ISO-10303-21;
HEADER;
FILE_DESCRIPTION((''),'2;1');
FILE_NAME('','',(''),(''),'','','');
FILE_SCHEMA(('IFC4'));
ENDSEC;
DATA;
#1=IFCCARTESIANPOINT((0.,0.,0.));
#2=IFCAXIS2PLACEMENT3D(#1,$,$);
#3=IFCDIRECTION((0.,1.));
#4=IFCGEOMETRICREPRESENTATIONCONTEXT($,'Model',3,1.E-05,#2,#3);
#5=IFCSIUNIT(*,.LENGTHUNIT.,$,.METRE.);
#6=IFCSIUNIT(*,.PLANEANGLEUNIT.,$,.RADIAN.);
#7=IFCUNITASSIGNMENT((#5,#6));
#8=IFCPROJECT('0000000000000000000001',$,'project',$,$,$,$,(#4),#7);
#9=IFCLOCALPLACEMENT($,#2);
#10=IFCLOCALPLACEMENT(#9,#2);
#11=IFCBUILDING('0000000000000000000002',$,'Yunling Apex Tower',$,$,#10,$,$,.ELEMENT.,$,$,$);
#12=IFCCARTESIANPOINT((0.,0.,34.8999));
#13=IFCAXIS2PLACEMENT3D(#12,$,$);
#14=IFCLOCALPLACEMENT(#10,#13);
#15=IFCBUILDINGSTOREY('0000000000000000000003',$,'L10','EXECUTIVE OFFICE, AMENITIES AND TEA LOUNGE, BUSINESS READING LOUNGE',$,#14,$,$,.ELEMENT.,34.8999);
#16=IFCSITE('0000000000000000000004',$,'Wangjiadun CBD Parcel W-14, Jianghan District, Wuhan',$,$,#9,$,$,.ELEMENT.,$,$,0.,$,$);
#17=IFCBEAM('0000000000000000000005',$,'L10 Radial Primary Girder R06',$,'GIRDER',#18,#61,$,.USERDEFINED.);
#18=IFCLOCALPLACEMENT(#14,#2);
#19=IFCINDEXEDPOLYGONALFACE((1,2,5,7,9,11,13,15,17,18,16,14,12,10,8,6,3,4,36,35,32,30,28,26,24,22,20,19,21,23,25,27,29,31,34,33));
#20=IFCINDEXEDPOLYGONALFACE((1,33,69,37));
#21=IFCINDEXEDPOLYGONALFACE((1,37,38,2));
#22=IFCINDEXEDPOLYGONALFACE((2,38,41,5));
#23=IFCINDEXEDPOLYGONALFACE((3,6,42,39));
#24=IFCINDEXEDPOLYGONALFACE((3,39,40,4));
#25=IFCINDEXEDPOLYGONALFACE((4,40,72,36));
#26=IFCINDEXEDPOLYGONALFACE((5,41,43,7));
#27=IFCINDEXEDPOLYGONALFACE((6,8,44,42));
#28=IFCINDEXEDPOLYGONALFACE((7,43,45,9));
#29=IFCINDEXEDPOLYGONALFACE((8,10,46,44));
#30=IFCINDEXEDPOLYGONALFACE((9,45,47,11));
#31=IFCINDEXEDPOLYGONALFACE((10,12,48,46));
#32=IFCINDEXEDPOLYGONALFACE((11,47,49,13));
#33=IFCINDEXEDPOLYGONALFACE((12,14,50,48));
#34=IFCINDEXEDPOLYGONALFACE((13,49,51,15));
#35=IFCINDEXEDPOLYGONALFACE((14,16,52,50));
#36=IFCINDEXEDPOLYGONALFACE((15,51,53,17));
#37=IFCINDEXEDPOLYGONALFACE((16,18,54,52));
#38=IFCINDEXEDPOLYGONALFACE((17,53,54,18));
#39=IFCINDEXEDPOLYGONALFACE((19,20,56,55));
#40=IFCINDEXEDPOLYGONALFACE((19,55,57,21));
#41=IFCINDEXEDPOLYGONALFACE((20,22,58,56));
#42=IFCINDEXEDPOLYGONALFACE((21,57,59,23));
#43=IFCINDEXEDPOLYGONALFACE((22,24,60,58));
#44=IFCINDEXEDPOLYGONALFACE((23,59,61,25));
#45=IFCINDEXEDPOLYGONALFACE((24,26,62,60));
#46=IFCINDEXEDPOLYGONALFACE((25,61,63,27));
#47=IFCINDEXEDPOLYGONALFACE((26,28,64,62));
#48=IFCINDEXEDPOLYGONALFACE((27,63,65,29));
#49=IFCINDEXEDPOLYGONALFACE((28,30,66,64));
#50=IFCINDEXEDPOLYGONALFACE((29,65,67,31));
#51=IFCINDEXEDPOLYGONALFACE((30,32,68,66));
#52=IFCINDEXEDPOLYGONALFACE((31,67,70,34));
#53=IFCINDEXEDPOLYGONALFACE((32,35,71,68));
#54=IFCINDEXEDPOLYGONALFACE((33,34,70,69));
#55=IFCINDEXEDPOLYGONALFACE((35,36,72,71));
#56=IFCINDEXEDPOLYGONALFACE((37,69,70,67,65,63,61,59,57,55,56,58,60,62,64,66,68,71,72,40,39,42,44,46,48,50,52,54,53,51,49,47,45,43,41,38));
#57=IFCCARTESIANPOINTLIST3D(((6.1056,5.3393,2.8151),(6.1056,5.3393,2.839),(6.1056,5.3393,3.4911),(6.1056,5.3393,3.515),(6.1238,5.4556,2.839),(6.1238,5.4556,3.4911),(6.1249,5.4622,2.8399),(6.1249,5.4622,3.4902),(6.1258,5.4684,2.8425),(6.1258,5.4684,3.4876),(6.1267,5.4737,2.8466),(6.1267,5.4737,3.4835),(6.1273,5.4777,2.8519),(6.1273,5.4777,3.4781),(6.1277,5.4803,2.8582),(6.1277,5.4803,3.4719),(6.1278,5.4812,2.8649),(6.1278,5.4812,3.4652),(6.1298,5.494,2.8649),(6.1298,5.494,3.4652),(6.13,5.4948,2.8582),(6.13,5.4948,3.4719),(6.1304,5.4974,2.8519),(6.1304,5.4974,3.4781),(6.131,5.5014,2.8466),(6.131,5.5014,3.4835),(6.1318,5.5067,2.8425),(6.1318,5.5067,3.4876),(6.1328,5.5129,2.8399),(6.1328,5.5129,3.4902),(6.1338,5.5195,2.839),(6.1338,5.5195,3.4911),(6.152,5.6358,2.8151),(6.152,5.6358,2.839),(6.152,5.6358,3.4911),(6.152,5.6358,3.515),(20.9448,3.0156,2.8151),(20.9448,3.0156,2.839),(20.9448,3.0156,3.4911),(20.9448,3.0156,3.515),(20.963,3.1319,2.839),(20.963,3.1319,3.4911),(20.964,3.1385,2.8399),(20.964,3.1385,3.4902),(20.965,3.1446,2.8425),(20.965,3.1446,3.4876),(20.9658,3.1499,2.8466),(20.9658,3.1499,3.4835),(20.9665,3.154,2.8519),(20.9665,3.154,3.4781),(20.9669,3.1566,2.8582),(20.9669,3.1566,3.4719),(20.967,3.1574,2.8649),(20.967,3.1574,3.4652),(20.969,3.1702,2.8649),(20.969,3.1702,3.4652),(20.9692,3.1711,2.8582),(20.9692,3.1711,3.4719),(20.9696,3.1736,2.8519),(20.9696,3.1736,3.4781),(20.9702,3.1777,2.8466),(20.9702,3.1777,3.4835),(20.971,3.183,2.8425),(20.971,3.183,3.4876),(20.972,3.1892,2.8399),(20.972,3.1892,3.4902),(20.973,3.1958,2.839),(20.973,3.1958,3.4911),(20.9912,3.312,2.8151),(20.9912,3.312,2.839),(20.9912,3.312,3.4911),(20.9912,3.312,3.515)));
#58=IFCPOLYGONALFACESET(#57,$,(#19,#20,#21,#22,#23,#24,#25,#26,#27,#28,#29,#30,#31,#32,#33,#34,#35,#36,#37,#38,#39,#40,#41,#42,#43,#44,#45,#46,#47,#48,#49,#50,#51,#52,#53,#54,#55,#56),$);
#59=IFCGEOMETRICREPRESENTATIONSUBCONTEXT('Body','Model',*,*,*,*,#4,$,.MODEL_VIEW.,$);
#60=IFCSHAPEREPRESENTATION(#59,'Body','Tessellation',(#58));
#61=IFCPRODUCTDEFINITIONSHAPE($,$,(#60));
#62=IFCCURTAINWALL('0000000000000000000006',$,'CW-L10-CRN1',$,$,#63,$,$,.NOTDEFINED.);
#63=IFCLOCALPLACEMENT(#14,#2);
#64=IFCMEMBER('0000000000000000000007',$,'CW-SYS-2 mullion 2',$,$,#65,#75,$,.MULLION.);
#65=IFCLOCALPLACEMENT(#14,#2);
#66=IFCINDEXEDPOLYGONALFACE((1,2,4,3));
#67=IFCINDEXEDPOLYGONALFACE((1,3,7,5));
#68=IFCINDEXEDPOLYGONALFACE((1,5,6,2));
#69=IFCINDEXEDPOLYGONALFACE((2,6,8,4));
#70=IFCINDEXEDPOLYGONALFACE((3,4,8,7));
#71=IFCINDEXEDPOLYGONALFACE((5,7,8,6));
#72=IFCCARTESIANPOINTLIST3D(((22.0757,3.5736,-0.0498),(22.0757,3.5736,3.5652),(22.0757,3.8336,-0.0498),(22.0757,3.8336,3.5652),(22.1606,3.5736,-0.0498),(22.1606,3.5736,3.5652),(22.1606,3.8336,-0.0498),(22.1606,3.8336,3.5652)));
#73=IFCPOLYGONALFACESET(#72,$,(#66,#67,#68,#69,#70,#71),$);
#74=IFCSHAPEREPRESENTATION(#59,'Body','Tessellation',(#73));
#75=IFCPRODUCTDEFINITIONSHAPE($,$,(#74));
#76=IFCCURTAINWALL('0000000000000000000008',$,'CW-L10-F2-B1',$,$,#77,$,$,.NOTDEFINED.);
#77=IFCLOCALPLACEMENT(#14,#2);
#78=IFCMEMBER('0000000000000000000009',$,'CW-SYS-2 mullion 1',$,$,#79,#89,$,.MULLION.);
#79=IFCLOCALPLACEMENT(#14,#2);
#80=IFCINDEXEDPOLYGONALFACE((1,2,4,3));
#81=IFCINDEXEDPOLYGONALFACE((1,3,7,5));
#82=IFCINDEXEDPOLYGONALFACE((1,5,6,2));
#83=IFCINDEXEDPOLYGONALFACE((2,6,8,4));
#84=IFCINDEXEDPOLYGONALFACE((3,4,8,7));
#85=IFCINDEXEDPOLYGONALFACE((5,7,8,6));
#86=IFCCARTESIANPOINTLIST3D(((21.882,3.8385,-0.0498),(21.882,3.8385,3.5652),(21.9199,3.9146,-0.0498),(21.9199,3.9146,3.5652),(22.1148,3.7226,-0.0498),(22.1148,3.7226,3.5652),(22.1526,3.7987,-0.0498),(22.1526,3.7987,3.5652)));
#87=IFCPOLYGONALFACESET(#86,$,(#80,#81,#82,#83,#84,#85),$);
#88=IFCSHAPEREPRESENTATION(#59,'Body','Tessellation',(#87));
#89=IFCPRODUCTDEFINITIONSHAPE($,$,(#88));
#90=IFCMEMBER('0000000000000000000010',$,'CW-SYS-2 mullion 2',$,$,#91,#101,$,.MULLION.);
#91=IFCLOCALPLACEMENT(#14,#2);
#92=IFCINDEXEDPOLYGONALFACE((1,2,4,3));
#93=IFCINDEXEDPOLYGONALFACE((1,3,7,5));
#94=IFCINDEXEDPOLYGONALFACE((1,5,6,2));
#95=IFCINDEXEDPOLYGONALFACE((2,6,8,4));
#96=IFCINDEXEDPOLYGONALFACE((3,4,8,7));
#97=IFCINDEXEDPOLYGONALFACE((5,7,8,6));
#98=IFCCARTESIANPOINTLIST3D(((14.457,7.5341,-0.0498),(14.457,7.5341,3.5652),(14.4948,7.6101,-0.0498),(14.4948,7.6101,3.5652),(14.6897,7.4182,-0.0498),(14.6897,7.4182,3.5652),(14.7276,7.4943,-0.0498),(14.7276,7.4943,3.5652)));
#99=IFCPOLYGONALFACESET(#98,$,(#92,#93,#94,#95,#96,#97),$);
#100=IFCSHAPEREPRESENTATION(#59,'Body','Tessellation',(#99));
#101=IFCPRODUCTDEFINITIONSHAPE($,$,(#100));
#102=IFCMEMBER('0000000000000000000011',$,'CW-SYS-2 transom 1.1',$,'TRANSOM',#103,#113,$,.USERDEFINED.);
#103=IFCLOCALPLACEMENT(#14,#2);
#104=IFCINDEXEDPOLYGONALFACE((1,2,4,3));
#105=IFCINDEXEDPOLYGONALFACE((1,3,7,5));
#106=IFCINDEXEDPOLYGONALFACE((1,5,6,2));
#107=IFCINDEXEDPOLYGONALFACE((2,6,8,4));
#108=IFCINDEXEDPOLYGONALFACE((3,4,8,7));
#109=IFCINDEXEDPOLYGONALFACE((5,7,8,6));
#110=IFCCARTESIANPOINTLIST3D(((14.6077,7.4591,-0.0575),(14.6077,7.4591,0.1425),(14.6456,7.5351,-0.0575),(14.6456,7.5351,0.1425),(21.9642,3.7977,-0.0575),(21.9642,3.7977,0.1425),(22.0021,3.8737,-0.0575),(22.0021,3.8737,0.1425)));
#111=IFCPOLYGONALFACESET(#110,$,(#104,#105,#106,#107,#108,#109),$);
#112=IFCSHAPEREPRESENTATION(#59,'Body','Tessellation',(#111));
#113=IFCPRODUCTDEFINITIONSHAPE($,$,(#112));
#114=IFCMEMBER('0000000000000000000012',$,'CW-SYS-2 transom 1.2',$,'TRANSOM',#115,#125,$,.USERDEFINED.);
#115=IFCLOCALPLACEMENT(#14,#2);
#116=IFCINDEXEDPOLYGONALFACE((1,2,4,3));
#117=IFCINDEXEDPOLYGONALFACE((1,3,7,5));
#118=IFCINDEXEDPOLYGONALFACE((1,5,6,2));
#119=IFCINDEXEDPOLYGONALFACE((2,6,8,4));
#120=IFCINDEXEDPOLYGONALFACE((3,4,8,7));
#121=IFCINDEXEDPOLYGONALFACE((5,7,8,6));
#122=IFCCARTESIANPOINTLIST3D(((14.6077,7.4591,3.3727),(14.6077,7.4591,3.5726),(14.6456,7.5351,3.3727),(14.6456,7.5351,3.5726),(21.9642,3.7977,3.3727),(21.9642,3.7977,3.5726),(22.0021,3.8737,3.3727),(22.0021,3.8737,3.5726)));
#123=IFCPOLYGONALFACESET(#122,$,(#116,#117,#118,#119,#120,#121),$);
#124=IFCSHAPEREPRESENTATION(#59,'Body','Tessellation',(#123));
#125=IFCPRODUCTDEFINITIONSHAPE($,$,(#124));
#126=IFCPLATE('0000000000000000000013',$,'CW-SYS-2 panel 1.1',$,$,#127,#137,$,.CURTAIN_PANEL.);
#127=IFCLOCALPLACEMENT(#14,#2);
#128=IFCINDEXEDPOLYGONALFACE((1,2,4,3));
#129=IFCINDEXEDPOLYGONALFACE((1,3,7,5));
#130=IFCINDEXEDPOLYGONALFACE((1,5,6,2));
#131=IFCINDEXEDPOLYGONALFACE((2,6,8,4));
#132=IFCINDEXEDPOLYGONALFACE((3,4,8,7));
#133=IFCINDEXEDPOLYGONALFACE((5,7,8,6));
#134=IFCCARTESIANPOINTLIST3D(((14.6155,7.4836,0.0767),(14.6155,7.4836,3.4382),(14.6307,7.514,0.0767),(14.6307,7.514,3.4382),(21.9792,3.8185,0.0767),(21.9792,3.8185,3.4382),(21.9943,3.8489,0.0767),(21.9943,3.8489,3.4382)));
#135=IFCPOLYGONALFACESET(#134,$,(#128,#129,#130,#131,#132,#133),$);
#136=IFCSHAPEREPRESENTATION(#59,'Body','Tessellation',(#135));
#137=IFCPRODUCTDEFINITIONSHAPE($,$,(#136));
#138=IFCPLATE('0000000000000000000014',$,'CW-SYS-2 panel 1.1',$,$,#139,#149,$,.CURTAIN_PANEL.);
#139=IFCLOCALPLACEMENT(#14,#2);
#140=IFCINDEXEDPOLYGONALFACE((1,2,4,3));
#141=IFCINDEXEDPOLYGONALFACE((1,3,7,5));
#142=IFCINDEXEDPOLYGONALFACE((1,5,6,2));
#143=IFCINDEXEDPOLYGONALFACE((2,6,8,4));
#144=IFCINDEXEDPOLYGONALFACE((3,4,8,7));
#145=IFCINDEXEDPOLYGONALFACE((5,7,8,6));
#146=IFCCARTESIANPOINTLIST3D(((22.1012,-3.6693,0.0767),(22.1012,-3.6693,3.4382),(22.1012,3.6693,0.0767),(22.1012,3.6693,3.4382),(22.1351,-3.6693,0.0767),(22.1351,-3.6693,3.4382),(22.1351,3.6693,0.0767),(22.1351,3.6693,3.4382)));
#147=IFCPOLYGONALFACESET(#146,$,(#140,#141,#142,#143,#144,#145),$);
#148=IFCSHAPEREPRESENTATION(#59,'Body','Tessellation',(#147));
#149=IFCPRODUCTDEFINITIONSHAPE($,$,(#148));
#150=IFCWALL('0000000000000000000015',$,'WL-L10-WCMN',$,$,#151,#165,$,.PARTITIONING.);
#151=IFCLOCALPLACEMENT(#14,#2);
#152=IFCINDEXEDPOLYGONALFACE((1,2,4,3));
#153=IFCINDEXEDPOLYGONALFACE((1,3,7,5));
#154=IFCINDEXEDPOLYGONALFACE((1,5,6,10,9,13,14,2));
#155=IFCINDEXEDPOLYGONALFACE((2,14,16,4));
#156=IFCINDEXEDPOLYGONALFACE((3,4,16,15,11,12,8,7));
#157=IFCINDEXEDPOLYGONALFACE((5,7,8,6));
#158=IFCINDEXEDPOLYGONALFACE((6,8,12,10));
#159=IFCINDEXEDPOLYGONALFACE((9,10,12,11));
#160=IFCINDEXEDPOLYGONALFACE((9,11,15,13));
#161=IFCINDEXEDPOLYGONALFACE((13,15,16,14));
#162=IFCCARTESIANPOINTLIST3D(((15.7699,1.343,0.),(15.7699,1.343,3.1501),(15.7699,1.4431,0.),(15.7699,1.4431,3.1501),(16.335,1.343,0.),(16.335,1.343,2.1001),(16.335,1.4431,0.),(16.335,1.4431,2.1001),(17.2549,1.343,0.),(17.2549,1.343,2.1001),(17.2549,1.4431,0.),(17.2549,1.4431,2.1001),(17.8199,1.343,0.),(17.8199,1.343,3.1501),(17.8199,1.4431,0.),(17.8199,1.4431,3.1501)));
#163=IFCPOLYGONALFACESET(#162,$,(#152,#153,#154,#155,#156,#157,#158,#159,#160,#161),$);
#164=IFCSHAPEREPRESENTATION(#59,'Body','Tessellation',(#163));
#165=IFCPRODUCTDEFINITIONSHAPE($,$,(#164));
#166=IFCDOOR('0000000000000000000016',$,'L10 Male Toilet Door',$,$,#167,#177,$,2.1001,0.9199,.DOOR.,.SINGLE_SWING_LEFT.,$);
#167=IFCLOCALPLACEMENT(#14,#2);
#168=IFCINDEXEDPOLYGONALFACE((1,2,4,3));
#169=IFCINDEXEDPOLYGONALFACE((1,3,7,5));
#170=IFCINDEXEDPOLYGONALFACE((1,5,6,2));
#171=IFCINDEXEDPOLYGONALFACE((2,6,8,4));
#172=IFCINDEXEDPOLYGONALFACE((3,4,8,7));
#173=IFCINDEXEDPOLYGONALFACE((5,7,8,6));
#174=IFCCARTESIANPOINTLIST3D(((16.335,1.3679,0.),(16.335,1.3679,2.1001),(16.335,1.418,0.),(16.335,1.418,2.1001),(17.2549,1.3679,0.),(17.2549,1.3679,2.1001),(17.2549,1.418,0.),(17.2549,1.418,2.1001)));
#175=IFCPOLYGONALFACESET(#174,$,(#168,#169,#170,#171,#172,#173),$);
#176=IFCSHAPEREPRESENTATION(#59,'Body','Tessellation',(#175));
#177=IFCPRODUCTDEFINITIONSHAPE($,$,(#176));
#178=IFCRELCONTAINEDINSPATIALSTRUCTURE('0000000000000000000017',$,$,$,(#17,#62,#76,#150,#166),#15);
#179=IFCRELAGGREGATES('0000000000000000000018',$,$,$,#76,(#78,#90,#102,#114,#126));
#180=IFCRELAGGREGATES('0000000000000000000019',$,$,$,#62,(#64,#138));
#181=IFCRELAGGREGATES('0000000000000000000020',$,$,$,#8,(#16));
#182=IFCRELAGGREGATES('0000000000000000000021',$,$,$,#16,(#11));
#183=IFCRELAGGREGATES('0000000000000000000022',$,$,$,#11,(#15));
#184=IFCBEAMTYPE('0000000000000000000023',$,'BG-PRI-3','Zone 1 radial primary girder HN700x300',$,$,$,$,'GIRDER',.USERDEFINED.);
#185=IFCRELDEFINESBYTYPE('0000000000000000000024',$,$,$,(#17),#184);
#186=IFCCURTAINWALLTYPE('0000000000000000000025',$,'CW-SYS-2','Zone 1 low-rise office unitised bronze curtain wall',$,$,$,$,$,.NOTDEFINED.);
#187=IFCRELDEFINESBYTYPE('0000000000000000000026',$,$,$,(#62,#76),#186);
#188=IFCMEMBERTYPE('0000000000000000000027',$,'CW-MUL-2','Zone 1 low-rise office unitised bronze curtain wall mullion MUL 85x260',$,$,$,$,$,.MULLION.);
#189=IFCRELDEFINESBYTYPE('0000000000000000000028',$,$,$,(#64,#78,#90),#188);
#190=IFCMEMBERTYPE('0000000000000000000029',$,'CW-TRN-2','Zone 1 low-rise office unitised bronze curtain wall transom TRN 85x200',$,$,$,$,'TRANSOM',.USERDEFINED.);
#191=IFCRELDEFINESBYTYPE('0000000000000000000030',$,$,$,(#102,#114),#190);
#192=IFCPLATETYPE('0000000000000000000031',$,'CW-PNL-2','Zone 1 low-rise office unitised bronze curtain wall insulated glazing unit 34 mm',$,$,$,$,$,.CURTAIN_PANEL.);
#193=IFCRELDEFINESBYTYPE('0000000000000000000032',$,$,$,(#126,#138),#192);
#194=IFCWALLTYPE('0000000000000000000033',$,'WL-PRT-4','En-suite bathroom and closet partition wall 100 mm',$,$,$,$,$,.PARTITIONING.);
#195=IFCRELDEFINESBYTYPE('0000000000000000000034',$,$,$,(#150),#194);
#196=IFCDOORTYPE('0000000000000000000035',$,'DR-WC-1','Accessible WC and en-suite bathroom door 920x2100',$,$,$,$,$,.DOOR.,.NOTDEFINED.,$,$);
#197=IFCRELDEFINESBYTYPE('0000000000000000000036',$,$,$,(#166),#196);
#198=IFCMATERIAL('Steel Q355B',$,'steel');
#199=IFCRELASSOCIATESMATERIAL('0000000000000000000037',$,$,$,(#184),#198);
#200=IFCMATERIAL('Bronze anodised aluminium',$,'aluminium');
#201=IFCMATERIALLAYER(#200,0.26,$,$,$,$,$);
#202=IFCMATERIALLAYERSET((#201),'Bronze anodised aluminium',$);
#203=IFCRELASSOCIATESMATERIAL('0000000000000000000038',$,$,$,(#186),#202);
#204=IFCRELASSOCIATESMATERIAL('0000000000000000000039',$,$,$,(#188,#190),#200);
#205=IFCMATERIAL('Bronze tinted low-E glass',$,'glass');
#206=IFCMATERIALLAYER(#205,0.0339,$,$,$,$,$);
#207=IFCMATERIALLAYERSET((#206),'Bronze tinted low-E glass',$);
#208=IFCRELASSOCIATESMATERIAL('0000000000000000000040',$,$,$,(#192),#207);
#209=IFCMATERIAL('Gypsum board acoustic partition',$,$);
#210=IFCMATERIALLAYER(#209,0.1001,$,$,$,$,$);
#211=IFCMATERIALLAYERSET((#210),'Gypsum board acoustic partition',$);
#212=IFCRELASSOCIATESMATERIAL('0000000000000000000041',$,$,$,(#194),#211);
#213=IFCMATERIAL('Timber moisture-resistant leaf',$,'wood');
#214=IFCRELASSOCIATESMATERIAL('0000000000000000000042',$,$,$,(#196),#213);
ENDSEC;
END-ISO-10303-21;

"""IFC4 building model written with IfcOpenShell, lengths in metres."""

from ifc_helpers import new_model, si_unit, direction, frame, frame_2d, origin, origin_2d, place, context, subcontext, project, spatial, rectangle, i_section, extrude, source, transform, mapped, material, layer, layer_set, material_profile, profile_set, type_object, element, fill, aggregate, save


model = new_model("IFC4")

# Units and contexts
model_context = context("Model", 3, precision=1e-05, world=origin(), true_north=direction((0.0, 1.0)))
body_context = subcontext(model_context, "Body", "Model", "MODEL_VIEW")
ifc_project = project(units=[si_unit("LENGTHUNIT", "METRE"), si_unit("PLANEANGLEUNIT", "RADIAN")], contexts=[model_context])

# Site, building, storey
site_placement = place(None, origin())
site = spatial("IfcSite", under=ifc_project, at=site_placement, Name="Wangjiadun CBD Parcel W-14, Jianghan District, Wuhan", CompositionType="ELEMENT", RefElevation=0.0)
building_placement = place(site_placement, origin())
building = spatial("IfcBuilding", under=site, at=building_placement, Name="Yunling Apex Tower", CompositionType="ELEMENT")
storey_placement = place(building_placement, frame((0.0, 0.0, 34.8999)))
storey = spatial("IfcBuildingStorey", under=building, at=storey_placement, Name="L10", Description="EXECUTIVE OFFICE, AMENITIES AND TEA LOUNGE, BUSINESS READING LOUNGE", CompositionType="ELEMENT", Elevation=34.8999)

# Beam
ifc_material_1 = material(Name="Steel Q355B", Category="steel")
ifc_material_profile_1 = material_profile(ifc_material_1, i_section(OverallWidth=0.3, OverallDepth=0.7, WebThickness=0.0129, FlangeThickness=0.0239, FilletRadius=0.0259, at=origin_2d()))
ifc_profile_set_1 = profile_set([ifc_material_profile_1], Name="Steel Q355B")
beam_type_1 = type_object("IfcBeamType", Name="BG-PRI-3", Description="Zone 1 radial primary girder HN700x300", ElementType="GIRDER", PredefinedType="USERDEFINED", material=ifc_profile_set_1)
shared_shape_1 = source(origin(), body_context, "Body", "SweptSolid", [
    extrude(i_section(OverallWidth=0.3, OverallDepth=0.7, WebThickness=0.0129, FlangeThickness=0.0239, FilletRadius=0.0259, at=origin_2d()), origin(), (0.0, 0.0, 1.0), 15.02),
])
beam_1_placement = place(storey_placement, frame((20.968, 3.1638, 3.165), z_axis=(-0.98796, 0.15471, 0.0), x_axis=(-0.15471, -0.98796, 0.0)))
element("IfcBeam", 1, at=beam_1_placement, inside=storey, type_object=beam_type_1, Name="L10 Radial Primary Girder R06", ObjectType="GIRDER", PredefinedType="USERDEFINED", context=body_context, shape_type="MappedRepresentation", body=[
    mapped(shared_shape_1, transform((0.0, 0.0, 0.0), scale=1.0)),
])

# Curtain wall, member
ifc_material_2 = material(Name="Bronze anodised aluminium", Category="aluminium")
ifc_layer_1 = layer(ifc_material_2, 0.26)
ifc_layer_set_1 = layer_set([ifc_layer_1], Name="Bronze anodised aluminium")
curtain_wall_type = type_object("IfcCurtainWallType", Name="CW-SYS-2", Description="Zone 1 low-rise office unitised bronze curtain wall", PredefinedType="NOTDEFINED", material=ifc_layer_set_1)
curtain_wall_1_placement = place(storey_placement, origin())
curtain_wall_1 = element("IfcCurtainWall", 2, at=curtain_wall_1_placement, inside=storey, type_object=curtain_wall_type, Name="CW-L10-CRN1", PredefinedType="NOTDEFINED")
ifc_material_profile_2 = material_profile(ifc_material_2, rectangle(XDim=0.085, YDim=0.26, at=origin_2d()))
ifc_profile_set_2 = profile_set([ifc_material_profile_2], Name="Bronze anodised aluminium")
member_type_1 = type_object("IfcMemberType", Name="CW-MUL-2", Description="Zone 1 low-rise office unitised bronze curtain wall mullion MUL 85x260", PredefinedType="MULLION", material=ifc_profile_set_2)
shared_shape_2 = source(origin(), body_context, "Body", "SweptSolid", [
    extrude(rectangle(XDim=0.085, YDim=0.26, at=origin_2d()), origin(), (0.0, 0.0, 1.0), 3.615),
])
member_1_placement = place(storey_placement, frame((22.1182, 3.7036, -0.0498), z_axis=(0.0, 0.0, 1.0), x_axis=(-1.0, 0.0, 0.0)))
member_1 = element("IfcMember", 3, at=member_1_placement, type_object=member_type_1, Name="CW-SYS-2 mullion 2", PredefinedType="MULLION", context=body_context, shape_type="MappedRepresentation", body=[
    mapped(shared_shape_2, transform((0.0, 0.0, 0.0), scale=1.0)),
])

# Curtain wall, members, plate
curtain_wall_2_placement = place(storey_placement, origin())
curtain_wall_2 = element("IfcCurtainWall", 4, at=curtain_wall_2_placement, inside=storey, type_object=curtain_wall_type, Name="CW-L10-F2-B1", PredefinedType="NOTDEFINED")
member_2_placement = place(storey_placement, frame((22.0173, 3.8186, -0.0498), z_axis=(0.0, 0.0, 1.0), x_axis=(-0.44558, -0.895242, 0.0)))
member_2 = element("IfcMember", 5, at=member_2_placement, type_object=member_type_1, Name="CW-SYS-2 mullion 1", PredefinedType="MULLION", context=body_context, shape_type="MappedRepresentation", body=[
    mapped(shared_shape_2, transform((0.0, 0.0, 0.0), scale=1.0)),
])
member_3_placement = place(storey_placement, frame((14.5923, 7.5142, -0.0498), z_axis=(0.0, 0.0, 1.0), x_axis=(-0.44558, -0.895242, 0.0)))
member_3 = element("IfcMember", 6, at=member_3_placement, type_object=member_type_1, Name="CW-SYS-2 mullion 2", PredefinedType="MULLION", context=body_context, shape_type="MappedRepresentation", body=[
    mapped(shared_shape_2, transform((0.0, 0.0, 0.0), scale=1.0)),
])
ifc_material_profile_3 = material_profile(ifc_material_2, rectangle(XDim=0.085, YDim=0.2, at=origin_2d()))
ifc_profile_set_3 = profile_set([ifc_material_profile_3], Name="Bronze anodised aluminium")
member_type_2 = type_object("IfcMemberType", Name="CW-TRN-2", Description="Zone 1 low-rise office unitised bronze curtain wall transom TRN 85x200", ElementType="TRANSOM", PredefinedType="USERDEFINED", material=ifc_profile_set_3)
shared_shape_3 = source(origin(), body_context, "Body", "SweptSolid", [
    extrude(rectangle(XDim=0.085, YDim=0.2, at=origin_2d()), origin(), (0.0, 0.0, 1.0), 8.2173),
])
member_4_placement = place(storey_placement, frame((21.9832, 3.8357, 0.0425), z_axis=(-0.895246, 0.445573, 0.0), x_axis=(-0.445573, -0.895246, 0.0)))
member_4 = element("IfcMember", 7, at=member_4_placement, type_object=member_type_2, Name="CW-SYS-2 transom 1.1", ObjectType="TRANSOM", PredefinedType="USERDEFINED", context=body_context, shape_type="MappedRepresentation", body=[
    mapped(shared_shape_3, transform((0.0, 0.0, 0.0), scale=1.0)),
])
member_5_placement = place(storey_placement, frame((21.9832, 3.8357, 3.4727), z_axis=(-0.895246, 0.445573, 0.0), x_axis=(-0.445573, -0.895246, 0.0)))
member_5 = element("IfcMember", 8, at=member_5_placement, type_object=member_type_2, Name="CW-SYS-2 transom 1.2", ObjectType="TRANSOM", PredefinedType="USERDEFINED", context=body_context, shape_type="MappedRepresentation", body=[
    mapped(shared_shape_3, transform((0.0, 0.0, 0.0), scale=1.0)),
])
ifc_material_3 = material(Name="Bronze tinted low-E glass", Category="glass")
ifc_layer_2 = layer(ifc_material_3, 0.0339)
ifc_layer_set_2 = layer_set([ifc_layer_2], Name="Bronze tinted low-E glass")
plate_type = type_object("IfcPlateType", Name="CW-PNL-2", Description="Zone 1 low-rise office unitised bronze curtain wall insulated glazing unit 34 mm", PredefinedType="CURTAIN_PANEL", material=ifc_layer_set_2)
shared_shape_4 = source(origin(), body_context, "Body", "SweptSolid", [
    extrude(rectangle(XDim=8.2253, YDim=0.0339, at=origin_2d()), origin(), (0.0, 0.0, 1.0), 3.3616),
])
plate_1_placement = place(storey_placement, frame((18.3049, 5.6663, 0.0767), z_axis=(0.0, 0.0, 1.0), x_axis=(-0.895242, 0.44558, 0.0)))
plate_1 = element("IfcPlate", 9, at=plate_1_placement, type_object=plate_type, Name="CW-SYS-2 panel 1.1", PredefinedType="CURTAIN_PANEL", context=body_context, shape_type="MappedRepresentation", body=[
    mapped(shared_shape_4, transform((0.0, 0.0, 0.0), scale=1.0)),
])
aggregate(curtain_wall_2, [member_2, member_3, member_4, member_5, plate_1])

# Plate
shared_shape_5 = source(origin(), body_context, "Body", "SweptSolid", [
    extrude(rectangle(XDim=7.3386, YDim=0.0339, at=origin_2d()), origin(), (0.0, 0.0, 1.0), 3.3616),
])
plate_2_placement = place(storey_placement, frame((22.1182, 0.0, 0.0767), z_axis=(0.0, 0.0, 1.0), x_axis=(0.0, 1.0, 0.0)))
plate_2 = element("IfcPlate", 10, at=plate_2_placement, type_object=plate_type, Name="CW-SYS-2 panel 1.1", PredefinedType="CURTAIN_PANEL", context=body_context, shape_type="MappedRepresentation", body=[
    mapped(shared_shape_5, transform((0.0, 0.0, 0.0), scale=1.0)),
])
aggregate(curtain_wall_1, [member_1, plate_2])

# Wall, opening, door
ifc_material_4 = material(Name="Gypsum board acoustic partition")
ifc_layer_3 = layer(ifc_material_4, 0.1001)
ifc_layer_set_3 = layer_set([ifc_layer_3], Name="Gypsum board acoustic partition")
wall_type = type_object("IfcWallType", Name="WL-PRT-4", Description="En-suite bathroom and closet partition wall 100 mm", PredefinedType="PARTITIONING", material=ifc_layer_set_3)
wall_1_placement = place(storey_placement, frame((15.77, 1.3931, 0.0), z_axis=(0.0, 0.0, 1.0), x_axis=(1.0, 0.0, 0.0)))
wall_1 = element("IfcWall", 11, at=wall_1_placement, inside=storey, type_object=wall_type, Name="WL-L10-WCMN", PredefinedType="PARTITIONING", context=body_context, shape_type="SweptSolid", body=[
    extrude(rectangle(XDim=2.05, YDim=0.1001, at=frame_2d((1.0249, 0.0))), origin(), (0.0, 0.0, 1.0), 3.1501),
])
opening_1_placement = place(wall_1_placement, frame((0.5649, 0.0, 0.0)))
opening_1 = element("IfcOpeningElement", 12, at=opening_1_placement, cuts=wall_1, PredefinedType="OPENING", context=body_context, shape_type="SweptSolid", body=[
    extrude(rectangle(XDim=0.9199, YDim=2.1001, at=frame_2d((0.46, 1.05))), frame((0.0, 0.0601, 0.0), z_axis=(0.0, -1.0, 0.0), x_axis=(1.0, 0.0, 0.0)), (0.0, 0.0, 1.0), 0.1201),
])
ifc_material_5 = material(Name="Timber moisture-resistant leaf", Category="wood")
door_type = type_object("IfcDoorType", Name="DR-WC-1", Description="Accessible WC and en-suite bathroom door 920x2100", OperationType="NOTDEFINED", PredefinedType="DOOR", material=ifc_material_5)
door_1_placement = place(opening_1_placement, origin())
door_1 = element("IfcDoor", 13, at=door_1_placement, inside=storey, type_object=door_type, Name="L10 Male Toilet Door", OperationType="SINGLE_SWING_LEFT", OverallHeight=2.1001, OverallWidth=0.9199, PredefinedType="DOOR", context=body_context, shape_type="SweptSolid", body=[
    extrude(rectangle(XDim=0.9199, YDim=2.1001, at=frame_2d((0.46, 1.05))), frame((0.0, 0.0249, 0.0), z_axis=(0.0, -1.0, 0.0), x_axis=(1.0, 0.0, 0.0)), (0.0, 0.0, 1.0), 0.05),
])
fill(opening_1, door_1)

save(model, "model.ifc")
